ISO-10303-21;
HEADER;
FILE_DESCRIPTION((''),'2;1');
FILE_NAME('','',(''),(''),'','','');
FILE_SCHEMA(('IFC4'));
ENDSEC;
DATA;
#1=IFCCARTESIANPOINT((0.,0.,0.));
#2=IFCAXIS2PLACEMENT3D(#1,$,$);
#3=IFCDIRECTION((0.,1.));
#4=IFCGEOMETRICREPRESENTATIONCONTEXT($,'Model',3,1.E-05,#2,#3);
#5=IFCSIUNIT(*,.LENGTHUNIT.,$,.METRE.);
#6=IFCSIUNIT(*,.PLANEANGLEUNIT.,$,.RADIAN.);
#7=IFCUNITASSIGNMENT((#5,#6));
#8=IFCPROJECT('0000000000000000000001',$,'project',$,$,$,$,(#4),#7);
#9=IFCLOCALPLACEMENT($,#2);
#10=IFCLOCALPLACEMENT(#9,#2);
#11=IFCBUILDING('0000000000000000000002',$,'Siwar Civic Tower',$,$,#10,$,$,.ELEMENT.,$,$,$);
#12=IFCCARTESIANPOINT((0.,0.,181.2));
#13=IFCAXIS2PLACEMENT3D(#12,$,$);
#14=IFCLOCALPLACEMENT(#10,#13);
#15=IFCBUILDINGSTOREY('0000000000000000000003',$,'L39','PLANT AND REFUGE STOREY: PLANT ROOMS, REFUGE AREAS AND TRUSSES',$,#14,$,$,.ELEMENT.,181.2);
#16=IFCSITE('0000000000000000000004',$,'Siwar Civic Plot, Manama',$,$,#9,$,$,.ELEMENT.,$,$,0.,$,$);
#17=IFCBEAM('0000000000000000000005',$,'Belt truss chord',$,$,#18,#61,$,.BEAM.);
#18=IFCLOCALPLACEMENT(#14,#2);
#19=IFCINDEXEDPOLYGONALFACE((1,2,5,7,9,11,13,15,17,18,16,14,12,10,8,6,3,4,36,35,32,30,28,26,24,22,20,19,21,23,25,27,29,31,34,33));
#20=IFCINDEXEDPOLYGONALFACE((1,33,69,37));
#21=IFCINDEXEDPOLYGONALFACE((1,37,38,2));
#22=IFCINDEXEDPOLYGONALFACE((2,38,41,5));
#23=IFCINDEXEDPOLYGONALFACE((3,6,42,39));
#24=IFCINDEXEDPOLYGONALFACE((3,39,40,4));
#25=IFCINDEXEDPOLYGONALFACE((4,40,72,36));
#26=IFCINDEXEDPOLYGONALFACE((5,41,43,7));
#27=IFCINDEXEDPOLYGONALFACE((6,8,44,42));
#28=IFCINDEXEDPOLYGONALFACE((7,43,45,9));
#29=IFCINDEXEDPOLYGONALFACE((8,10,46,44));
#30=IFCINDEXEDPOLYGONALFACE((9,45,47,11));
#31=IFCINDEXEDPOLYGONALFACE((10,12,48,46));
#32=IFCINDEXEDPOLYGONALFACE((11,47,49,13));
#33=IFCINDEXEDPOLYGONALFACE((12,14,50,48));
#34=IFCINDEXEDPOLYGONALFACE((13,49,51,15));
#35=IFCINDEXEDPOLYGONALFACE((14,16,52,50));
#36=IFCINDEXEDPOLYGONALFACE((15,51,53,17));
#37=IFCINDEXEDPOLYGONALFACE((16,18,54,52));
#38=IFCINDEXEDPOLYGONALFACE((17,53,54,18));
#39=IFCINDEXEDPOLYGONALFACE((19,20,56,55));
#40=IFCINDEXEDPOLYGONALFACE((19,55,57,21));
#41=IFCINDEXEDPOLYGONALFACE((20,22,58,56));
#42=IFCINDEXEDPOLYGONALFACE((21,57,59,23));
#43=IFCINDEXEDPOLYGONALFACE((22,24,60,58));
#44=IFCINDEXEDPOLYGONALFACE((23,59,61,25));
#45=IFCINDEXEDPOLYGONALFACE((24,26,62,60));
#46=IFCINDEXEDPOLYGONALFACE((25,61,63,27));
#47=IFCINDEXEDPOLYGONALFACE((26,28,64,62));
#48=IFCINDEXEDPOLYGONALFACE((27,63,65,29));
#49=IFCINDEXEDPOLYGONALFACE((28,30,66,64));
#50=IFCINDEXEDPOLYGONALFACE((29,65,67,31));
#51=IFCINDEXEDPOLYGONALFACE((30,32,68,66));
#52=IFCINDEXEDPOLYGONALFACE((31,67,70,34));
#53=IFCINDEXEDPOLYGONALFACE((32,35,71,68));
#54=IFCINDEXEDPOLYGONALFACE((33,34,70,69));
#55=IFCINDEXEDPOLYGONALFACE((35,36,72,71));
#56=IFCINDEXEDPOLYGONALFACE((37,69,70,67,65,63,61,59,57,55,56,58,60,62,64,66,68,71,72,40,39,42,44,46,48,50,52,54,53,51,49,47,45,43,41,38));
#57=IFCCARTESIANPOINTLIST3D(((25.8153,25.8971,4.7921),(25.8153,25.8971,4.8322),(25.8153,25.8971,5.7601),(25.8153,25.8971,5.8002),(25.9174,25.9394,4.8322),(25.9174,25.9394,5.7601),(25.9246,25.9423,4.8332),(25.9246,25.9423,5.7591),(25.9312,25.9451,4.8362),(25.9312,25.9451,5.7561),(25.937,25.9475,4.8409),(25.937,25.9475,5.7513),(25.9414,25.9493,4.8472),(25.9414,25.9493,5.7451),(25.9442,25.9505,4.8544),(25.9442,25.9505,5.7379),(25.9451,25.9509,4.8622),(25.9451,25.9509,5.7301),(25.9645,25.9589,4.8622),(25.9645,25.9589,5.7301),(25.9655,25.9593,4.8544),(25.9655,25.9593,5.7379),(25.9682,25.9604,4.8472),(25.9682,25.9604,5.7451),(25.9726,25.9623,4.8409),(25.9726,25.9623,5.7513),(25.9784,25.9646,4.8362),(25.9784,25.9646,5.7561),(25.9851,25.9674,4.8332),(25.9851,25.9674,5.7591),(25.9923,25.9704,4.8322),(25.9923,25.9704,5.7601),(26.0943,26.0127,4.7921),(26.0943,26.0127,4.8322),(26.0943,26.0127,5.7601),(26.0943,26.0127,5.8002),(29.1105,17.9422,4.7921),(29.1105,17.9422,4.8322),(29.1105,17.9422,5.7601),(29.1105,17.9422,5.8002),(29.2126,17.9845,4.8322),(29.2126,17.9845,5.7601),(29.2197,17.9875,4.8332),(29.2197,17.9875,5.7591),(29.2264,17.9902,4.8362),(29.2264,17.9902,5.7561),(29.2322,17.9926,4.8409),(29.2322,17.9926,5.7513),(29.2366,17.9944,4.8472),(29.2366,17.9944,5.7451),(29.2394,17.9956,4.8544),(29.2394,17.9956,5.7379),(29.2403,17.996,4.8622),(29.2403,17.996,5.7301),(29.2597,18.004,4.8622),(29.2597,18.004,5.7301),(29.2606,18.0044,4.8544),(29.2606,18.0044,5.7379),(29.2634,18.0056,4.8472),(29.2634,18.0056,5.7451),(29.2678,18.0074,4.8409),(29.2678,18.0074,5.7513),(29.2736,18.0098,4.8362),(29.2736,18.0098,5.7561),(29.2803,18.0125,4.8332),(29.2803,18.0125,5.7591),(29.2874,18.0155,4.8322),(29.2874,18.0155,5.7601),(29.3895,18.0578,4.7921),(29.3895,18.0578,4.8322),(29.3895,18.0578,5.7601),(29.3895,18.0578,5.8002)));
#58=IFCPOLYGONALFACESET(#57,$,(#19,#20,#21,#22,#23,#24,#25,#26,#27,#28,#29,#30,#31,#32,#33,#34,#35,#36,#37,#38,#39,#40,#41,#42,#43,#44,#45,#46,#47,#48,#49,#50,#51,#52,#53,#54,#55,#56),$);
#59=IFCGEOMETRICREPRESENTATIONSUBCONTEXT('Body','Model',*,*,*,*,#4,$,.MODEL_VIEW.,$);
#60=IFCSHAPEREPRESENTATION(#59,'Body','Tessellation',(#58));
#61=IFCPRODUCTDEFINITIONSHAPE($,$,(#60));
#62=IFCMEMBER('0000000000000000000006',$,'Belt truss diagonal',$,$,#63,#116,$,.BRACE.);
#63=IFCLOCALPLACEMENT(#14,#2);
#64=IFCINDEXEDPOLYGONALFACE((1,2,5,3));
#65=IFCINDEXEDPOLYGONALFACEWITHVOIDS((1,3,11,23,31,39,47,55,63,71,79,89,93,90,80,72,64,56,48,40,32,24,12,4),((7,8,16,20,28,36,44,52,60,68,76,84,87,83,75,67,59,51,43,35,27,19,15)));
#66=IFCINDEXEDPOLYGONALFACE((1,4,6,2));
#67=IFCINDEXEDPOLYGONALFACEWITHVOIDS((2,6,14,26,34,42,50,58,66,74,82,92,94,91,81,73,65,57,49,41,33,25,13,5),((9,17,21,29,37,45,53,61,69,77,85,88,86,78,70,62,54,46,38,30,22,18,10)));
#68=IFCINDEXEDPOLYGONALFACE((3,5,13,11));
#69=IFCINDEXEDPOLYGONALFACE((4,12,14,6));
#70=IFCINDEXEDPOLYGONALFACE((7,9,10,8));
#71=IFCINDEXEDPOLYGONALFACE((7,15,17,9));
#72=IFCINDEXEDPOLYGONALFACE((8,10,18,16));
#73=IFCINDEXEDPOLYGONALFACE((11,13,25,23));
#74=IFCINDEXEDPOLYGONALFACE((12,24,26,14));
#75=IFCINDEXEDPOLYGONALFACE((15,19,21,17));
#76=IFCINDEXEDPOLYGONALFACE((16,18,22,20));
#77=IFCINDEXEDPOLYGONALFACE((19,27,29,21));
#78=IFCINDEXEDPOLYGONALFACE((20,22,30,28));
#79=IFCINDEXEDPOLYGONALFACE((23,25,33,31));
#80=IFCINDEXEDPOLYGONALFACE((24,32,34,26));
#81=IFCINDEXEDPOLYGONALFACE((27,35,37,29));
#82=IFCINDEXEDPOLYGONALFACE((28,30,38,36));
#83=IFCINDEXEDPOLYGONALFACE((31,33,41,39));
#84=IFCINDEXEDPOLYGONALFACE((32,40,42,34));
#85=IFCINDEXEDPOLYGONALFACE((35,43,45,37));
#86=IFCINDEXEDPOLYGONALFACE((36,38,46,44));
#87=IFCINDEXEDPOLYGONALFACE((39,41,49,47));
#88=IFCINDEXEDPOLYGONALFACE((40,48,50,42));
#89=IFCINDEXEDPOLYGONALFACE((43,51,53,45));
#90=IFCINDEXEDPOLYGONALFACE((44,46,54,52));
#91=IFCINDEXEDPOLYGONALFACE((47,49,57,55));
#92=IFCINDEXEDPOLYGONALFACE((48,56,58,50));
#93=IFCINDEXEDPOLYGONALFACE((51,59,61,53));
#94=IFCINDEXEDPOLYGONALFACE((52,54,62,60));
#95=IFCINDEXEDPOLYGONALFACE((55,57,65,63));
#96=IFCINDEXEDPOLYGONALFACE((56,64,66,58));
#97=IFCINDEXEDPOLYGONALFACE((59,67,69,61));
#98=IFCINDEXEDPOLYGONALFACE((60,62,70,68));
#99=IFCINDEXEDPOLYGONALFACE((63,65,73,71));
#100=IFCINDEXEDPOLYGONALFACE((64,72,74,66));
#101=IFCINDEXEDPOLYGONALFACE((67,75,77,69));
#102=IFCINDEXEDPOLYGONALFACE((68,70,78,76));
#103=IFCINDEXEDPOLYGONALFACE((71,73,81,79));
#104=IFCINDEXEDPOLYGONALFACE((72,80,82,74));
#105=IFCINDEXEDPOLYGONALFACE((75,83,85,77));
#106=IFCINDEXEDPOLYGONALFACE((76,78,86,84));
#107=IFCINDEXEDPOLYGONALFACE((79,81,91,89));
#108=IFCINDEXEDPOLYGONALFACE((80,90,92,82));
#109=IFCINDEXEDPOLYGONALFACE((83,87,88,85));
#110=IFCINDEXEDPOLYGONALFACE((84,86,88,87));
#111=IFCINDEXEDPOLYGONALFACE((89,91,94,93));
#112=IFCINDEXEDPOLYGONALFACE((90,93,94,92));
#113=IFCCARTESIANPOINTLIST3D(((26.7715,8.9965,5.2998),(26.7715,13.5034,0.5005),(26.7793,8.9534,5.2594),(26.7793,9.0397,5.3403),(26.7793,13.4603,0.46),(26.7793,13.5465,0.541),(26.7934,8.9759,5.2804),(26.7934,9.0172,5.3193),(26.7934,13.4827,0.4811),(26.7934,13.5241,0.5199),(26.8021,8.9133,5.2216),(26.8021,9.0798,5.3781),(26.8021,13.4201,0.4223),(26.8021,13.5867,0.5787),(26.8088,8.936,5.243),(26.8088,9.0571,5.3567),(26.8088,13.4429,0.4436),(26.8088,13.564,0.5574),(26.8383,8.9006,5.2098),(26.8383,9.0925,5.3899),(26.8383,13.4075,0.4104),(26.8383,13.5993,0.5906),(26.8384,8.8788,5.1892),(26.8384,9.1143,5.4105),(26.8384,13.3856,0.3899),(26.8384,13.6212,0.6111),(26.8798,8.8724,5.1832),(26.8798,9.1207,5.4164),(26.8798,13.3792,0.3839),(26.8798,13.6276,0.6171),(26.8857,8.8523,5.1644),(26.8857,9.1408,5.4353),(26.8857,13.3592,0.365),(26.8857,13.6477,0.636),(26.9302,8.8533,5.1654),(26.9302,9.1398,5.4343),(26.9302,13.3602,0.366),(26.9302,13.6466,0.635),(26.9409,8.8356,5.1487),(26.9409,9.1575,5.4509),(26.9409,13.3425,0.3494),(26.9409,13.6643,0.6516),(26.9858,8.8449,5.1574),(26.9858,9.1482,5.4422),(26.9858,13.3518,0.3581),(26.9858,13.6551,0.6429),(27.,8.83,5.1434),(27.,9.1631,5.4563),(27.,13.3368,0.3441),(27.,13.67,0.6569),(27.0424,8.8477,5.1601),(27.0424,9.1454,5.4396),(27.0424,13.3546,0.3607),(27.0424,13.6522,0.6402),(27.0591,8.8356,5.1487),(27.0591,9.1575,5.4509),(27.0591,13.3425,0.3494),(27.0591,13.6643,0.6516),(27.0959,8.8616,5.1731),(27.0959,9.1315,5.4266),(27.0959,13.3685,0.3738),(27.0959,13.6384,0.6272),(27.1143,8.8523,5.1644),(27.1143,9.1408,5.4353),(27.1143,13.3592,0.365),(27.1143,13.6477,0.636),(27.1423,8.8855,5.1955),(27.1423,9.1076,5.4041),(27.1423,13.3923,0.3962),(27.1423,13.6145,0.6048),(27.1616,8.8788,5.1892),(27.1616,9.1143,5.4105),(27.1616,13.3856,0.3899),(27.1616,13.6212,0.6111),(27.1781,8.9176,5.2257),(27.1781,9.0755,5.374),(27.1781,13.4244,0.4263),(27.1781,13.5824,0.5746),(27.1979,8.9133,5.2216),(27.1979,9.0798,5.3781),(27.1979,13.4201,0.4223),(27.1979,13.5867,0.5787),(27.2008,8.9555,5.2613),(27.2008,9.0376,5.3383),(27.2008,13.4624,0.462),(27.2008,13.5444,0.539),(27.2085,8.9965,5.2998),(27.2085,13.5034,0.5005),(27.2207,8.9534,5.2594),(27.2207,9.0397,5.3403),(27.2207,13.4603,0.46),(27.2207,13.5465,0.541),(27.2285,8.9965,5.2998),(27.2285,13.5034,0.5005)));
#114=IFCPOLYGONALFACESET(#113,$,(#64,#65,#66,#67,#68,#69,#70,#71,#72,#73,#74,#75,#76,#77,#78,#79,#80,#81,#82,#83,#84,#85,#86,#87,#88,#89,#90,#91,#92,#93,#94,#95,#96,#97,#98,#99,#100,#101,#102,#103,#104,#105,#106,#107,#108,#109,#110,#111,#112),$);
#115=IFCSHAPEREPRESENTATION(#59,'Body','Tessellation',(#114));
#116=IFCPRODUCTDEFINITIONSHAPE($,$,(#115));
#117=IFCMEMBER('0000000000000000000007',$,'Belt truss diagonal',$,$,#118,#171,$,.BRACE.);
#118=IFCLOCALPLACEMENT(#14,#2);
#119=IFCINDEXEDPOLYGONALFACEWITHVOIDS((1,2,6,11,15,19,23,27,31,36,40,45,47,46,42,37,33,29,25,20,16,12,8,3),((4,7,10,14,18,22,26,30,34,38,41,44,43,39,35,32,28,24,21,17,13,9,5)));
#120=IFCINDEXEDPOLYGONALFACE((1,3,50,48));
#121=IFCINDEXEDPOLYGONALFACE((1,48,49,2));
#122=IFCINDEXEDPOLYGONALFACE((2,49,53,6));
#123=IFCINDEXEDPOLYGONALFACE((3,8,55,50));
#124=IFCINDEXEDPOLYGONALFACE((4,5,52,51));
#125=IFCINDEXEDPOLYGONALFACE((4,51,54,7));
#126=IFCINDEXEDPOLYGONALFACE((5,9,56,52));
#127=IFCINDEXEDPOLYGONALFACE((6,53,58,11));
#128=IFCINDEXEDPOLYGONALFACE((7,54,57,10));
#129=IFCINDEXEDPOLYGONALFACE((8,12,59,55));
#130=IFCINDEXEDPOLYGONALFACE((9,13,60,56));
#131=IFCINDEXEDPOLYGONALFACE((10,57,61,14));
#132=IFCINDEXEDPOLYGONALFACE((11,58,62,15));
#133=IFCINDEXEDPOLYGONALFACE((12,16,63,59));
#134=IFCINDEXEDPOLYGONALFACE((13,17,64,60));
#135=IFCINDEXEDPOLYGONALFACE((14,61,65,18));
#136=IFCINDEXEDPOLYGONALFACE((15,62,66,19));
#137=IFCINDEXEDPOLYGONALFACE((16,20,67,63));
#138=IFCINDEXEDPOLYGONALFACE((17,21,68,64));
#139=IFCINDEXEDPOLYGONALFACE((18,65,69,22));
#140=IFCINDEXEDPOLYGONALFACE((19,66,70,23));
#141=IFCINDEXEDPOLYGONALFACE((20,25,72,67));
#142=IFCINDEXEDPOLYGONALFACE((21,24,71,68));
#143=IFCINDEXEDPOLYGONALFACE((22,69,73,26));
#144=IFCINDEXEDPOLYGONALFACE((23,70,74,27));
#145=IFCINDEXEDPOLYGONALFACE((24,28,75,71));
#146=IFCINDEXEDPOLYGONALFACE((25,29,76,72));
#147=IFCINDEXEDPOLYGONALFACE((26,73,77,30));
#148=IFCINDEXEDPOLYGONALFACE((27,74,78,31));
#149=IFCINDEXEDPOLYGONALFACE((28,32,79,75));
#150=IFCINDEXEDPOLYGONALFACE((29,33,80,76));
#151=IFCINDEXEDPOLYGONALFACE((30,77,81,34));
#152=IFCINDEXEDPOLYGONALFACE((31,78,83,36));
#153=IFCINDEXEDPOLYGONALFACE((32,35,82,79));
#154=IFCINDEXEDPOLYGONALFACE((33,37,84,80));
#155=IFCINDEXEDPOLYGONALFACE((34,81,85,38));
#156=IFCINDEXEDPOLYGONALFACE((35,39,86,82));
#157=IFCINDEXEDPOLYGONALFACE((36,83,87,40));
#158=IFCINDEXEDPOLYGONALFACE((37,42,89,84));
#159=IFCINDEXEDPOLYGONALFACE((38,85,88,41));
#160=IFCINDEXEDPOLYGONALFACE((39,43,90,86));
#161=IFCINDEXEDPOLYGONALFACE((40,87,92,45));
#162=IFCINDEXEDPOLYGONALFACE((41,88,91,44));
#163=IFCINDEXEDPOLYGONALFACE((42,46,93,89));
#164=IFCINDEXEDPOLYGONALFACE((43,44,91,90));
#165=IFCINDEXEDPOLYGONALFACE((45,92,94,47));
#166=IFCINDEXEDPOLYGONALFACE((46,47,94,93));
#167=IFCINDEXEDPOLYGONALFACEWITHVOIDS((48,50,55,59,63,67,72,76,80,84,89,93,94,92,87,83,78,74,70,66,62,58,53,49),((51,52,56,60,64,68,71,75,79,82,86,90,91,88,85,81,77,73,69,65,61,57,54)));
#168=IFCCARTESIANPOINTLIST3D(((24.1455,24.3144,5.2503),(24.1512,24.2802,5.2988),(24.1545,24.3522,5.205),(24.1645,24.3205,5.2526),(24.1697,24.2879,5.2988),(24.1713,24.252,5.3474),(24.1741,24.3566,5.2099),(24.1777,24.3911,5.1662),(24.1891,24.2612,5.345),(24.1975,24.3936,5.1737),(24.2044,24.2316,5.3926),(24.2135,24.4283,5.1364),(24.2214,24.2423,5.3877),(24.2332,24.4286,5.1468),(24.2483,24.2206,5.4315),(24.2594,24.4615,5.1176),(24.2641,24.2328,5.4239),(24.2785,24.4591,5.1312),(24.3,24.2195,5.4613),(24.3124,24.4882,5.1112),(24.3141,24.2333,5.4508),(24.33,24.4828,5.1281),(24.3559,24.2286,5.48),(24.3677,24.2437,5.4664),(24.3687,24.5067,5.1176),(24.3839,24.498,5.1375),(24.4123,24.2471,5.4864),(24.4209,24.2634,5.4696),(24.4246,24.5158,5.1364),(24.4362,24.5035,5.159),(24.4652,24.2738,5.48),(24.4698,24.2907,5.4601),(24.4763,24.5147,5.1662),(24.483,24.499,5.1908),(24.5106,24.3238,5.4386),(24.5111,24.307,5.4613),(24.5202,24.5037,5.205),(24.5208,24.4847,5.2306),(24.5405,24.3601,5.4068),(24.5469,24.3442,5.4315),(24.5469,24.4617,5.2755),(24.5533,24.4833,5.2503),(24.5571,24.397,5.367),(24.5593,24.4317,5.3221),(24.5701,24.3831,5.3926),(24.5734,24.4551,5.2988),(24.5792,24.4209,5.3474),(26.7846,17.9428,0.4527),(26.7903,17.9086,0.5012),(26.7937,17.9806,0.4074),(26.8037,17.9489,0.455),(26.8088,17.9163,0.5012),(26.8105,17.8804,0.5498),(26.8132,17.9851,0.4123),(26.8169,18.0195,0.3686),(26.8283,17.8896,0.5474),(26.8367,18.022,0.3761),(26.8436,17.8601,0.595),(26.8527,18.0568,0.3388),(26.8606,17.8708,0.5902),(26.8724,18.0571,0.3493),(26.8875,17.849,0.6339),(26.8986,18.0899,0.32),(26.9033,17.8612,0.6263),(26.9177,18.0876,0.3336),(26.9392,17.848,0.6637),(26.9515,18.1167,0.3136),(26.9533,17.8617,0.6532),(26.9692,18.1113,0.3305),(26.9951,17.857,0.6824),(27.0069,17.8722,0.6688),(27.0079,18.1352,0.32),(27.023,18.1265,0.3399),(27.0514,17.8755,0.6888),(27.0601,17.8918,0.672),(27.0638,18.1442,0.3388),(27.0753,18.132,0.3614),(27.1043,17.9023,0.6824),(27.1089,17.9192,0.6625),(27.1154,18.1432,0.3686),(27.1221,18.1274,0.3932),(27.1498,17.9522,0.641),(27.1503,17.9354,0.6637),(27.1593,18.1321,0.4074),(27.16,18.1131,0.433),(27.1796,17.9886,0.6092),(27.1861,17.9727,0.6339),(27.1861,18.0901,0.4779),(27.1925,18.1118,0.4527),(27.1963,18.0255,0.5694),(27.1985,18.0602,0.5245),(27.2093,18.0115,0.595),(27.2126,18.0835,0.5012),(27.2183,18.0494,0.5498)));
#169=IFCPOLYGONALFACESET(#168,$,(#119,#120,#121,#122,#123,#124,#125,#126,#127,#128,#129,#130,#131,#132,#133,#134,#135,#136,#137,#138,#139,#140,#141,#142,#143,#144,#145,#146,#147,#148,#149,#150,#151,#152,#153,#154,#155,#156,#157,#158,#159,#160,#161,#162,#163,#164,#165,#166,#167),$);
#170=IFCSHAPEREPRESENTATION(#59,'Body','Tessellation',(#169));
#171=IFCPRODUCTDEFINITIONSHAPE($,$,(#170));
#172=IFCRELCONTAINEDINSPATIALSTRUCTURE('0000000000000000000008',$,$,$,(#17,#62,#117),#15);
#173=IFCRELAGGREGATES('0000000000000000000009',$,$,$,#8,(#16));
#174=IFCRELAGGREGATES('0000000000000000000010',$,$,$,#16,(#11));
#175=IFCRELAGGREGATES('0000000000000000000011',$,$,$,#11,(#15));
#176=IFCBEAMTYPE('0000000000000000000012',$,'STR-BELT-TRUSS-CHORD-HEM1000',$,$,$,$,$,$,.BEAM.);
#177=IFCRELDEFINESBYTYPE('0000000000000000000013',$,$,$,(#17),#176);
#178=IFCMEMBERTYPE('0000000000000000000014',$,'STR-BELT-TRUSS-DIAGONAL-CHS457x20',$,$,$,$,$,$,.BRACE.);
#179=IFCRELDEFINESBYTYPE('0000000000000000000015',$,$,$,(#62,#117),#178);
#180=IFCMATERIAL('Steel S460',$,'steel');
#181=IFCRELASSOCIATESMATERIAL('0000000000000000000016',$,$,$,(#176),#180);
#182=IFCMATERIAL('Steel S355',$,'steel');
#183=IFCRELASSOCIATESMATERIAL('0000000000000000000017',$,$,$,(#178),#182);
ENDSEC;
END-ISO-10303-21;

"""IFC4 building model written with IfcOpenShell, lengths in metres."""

from ifc_helpers import new_model, si_unit, direction, frame, origin, origin_2d, place, context, subcontext, project, spatial, hollow_circle, i_section, extrude, material, material_profile, profile_set, type_object, element, save


model = new_model("IFC4")

# Units and contexts
model_context = context("Model", 3, precision=1e-05, world=origin(), true_north=direction((0.0, 1.0)))
body_context = subcontext(model_context, "Body", "Model", "MODEL_VIEW")
ifc_project = project(units=[si_unit("LENGTHUNIT", "METRE"), si_unit("PLANEANGLEUNIT", "RADIAN")], contexts=[model_context])

# Site, building, storey
site_placement = place(None, origin())
site = spatial("IfcSite", under=ifc_project, at=site_placement, Name="Siwar Civic Plot, Manama", CompositionType="ELEMENT", RefElevation=0.0)
building_placement = place(site_placement, origin())
building = spatial("IfcBuilding", under=site, at=building_placement, Name="Siwar Civic Tower", CompositionType="ELEMENT")
storey_placement = place(building_placement, frame((0.0, 0.0, 181.2)))
storey = spatial("IfcBuildingStorey", under=building, at=storey_placement, Name="L39", Description="PLANT AND REFUGE STOREY: PLANT ROOMS, REFUGE AREAS AND TRUSSES", CompositionType="ELEMENT", Elevation=181.2)

# Beam
ifc_material_1 = material(Name="Steel S460", Category="steel")
ifc_material_profile_1 = material_profile(ifc_material_1, i_section(OverallWidth=0.302, OverallDepth=1.0081, WebThickness=0.021, FlangeThickness=0.04, FilletRadius=0.03, at=origin_2d()), Name="HEM1000")
ifc_profile_set_1 = profile_set([ifc_material_profile_1], Name="Steel S460")
beam_type_1 = type_object("IfcBeamType", Name="STR-BELT-TRUSS-CHORD-HEM1000", PredefinedType="BEAM", material=ifc_profile_set_1)
for number, where, z_axis, x_axis, name in (
    (1, (29.25, 18.0, 5.2961), (-0.3827, 0.923873, 0.0), (-0.923873, -0.3827, 0.0), "Belt truss chord"),
):
    element("IfcBeam", number, at=place(storey_placement, frame(where, z_axis=z_axis, x_axis=x_axis)), inside=storey, type_object=beam_type_1, Name=name, PredefinedType="BEAM", context=body_context, shape_type="SweptSolid", body=[
        extrude(i_section(OverallWidth=0.302, OverallDepth=1.0081, WebThickness=0.021, FlangeThickness=0.04, FilletRadius=0.03, at=origin_2d()), origin(), (0.0, 0.0, 1.0), 8.6104),
    ])

# Members
ifc_material_2 = material(Name="Steel S355", Category="steel")
ifc_material_profile_2 = material_profile(ifc_material_2, hollow_circle(Radius=0.2285, WallThickness=0.02, at=origin_2d()), Name="CHS457x20")
ifc_profile_set_2 = profile_set([ifc_material_profile_2], Name="Steel S355")
member_type_1 = type_object("IfcMemberType", Name="STR-BELT-TRUSS-DIAGONAL-CHS457x20", PredefinedType="BRACE", material=ifc_profile_set_2)
member_1_placement = place(storey_placement, frame((27.0, 13.5034, 0.5005), z_axis=(0.0, -0.684545, 0.72897), x_axis=(1.0, 0.0, 0.0)))
element("IfcMember", 2, at=member_1_placement, inside=storey, type_object=member_type_1, Name="Belt truss diagonal", PredefinedType="BRACE", context=body_context, shape_type="SweptSolid", body=[
    extrude(hollow_circle(Radius=0.2285, WallThickness=0.02, at=origin_2d()), origin(), (0.0, 0.0, 1.0), 6.5837),
])
member_2_placement = place(storey_placement, frame((27.0015, 17.9961, 0.5012), z_axis=(-0.314143, 0.758418, 0.571066), x_axis=(-0.923881, -0.382679, 0.0)))
element("IfcMember", 3, at=member_2_placement, inside=storey, type_object=member_type_1, Name="Belt truss diagonal", PredefinedType="BRACE", context=body_context, shape_type="SweptSolid", body=[
    extrude(hollow_circle(Radius=0.2285, WallThickness=0.02, at=origin_2d()), origin(), (0.0, 0.0, 1.0), 8.4011),
])

save(model, "model.ifc")
